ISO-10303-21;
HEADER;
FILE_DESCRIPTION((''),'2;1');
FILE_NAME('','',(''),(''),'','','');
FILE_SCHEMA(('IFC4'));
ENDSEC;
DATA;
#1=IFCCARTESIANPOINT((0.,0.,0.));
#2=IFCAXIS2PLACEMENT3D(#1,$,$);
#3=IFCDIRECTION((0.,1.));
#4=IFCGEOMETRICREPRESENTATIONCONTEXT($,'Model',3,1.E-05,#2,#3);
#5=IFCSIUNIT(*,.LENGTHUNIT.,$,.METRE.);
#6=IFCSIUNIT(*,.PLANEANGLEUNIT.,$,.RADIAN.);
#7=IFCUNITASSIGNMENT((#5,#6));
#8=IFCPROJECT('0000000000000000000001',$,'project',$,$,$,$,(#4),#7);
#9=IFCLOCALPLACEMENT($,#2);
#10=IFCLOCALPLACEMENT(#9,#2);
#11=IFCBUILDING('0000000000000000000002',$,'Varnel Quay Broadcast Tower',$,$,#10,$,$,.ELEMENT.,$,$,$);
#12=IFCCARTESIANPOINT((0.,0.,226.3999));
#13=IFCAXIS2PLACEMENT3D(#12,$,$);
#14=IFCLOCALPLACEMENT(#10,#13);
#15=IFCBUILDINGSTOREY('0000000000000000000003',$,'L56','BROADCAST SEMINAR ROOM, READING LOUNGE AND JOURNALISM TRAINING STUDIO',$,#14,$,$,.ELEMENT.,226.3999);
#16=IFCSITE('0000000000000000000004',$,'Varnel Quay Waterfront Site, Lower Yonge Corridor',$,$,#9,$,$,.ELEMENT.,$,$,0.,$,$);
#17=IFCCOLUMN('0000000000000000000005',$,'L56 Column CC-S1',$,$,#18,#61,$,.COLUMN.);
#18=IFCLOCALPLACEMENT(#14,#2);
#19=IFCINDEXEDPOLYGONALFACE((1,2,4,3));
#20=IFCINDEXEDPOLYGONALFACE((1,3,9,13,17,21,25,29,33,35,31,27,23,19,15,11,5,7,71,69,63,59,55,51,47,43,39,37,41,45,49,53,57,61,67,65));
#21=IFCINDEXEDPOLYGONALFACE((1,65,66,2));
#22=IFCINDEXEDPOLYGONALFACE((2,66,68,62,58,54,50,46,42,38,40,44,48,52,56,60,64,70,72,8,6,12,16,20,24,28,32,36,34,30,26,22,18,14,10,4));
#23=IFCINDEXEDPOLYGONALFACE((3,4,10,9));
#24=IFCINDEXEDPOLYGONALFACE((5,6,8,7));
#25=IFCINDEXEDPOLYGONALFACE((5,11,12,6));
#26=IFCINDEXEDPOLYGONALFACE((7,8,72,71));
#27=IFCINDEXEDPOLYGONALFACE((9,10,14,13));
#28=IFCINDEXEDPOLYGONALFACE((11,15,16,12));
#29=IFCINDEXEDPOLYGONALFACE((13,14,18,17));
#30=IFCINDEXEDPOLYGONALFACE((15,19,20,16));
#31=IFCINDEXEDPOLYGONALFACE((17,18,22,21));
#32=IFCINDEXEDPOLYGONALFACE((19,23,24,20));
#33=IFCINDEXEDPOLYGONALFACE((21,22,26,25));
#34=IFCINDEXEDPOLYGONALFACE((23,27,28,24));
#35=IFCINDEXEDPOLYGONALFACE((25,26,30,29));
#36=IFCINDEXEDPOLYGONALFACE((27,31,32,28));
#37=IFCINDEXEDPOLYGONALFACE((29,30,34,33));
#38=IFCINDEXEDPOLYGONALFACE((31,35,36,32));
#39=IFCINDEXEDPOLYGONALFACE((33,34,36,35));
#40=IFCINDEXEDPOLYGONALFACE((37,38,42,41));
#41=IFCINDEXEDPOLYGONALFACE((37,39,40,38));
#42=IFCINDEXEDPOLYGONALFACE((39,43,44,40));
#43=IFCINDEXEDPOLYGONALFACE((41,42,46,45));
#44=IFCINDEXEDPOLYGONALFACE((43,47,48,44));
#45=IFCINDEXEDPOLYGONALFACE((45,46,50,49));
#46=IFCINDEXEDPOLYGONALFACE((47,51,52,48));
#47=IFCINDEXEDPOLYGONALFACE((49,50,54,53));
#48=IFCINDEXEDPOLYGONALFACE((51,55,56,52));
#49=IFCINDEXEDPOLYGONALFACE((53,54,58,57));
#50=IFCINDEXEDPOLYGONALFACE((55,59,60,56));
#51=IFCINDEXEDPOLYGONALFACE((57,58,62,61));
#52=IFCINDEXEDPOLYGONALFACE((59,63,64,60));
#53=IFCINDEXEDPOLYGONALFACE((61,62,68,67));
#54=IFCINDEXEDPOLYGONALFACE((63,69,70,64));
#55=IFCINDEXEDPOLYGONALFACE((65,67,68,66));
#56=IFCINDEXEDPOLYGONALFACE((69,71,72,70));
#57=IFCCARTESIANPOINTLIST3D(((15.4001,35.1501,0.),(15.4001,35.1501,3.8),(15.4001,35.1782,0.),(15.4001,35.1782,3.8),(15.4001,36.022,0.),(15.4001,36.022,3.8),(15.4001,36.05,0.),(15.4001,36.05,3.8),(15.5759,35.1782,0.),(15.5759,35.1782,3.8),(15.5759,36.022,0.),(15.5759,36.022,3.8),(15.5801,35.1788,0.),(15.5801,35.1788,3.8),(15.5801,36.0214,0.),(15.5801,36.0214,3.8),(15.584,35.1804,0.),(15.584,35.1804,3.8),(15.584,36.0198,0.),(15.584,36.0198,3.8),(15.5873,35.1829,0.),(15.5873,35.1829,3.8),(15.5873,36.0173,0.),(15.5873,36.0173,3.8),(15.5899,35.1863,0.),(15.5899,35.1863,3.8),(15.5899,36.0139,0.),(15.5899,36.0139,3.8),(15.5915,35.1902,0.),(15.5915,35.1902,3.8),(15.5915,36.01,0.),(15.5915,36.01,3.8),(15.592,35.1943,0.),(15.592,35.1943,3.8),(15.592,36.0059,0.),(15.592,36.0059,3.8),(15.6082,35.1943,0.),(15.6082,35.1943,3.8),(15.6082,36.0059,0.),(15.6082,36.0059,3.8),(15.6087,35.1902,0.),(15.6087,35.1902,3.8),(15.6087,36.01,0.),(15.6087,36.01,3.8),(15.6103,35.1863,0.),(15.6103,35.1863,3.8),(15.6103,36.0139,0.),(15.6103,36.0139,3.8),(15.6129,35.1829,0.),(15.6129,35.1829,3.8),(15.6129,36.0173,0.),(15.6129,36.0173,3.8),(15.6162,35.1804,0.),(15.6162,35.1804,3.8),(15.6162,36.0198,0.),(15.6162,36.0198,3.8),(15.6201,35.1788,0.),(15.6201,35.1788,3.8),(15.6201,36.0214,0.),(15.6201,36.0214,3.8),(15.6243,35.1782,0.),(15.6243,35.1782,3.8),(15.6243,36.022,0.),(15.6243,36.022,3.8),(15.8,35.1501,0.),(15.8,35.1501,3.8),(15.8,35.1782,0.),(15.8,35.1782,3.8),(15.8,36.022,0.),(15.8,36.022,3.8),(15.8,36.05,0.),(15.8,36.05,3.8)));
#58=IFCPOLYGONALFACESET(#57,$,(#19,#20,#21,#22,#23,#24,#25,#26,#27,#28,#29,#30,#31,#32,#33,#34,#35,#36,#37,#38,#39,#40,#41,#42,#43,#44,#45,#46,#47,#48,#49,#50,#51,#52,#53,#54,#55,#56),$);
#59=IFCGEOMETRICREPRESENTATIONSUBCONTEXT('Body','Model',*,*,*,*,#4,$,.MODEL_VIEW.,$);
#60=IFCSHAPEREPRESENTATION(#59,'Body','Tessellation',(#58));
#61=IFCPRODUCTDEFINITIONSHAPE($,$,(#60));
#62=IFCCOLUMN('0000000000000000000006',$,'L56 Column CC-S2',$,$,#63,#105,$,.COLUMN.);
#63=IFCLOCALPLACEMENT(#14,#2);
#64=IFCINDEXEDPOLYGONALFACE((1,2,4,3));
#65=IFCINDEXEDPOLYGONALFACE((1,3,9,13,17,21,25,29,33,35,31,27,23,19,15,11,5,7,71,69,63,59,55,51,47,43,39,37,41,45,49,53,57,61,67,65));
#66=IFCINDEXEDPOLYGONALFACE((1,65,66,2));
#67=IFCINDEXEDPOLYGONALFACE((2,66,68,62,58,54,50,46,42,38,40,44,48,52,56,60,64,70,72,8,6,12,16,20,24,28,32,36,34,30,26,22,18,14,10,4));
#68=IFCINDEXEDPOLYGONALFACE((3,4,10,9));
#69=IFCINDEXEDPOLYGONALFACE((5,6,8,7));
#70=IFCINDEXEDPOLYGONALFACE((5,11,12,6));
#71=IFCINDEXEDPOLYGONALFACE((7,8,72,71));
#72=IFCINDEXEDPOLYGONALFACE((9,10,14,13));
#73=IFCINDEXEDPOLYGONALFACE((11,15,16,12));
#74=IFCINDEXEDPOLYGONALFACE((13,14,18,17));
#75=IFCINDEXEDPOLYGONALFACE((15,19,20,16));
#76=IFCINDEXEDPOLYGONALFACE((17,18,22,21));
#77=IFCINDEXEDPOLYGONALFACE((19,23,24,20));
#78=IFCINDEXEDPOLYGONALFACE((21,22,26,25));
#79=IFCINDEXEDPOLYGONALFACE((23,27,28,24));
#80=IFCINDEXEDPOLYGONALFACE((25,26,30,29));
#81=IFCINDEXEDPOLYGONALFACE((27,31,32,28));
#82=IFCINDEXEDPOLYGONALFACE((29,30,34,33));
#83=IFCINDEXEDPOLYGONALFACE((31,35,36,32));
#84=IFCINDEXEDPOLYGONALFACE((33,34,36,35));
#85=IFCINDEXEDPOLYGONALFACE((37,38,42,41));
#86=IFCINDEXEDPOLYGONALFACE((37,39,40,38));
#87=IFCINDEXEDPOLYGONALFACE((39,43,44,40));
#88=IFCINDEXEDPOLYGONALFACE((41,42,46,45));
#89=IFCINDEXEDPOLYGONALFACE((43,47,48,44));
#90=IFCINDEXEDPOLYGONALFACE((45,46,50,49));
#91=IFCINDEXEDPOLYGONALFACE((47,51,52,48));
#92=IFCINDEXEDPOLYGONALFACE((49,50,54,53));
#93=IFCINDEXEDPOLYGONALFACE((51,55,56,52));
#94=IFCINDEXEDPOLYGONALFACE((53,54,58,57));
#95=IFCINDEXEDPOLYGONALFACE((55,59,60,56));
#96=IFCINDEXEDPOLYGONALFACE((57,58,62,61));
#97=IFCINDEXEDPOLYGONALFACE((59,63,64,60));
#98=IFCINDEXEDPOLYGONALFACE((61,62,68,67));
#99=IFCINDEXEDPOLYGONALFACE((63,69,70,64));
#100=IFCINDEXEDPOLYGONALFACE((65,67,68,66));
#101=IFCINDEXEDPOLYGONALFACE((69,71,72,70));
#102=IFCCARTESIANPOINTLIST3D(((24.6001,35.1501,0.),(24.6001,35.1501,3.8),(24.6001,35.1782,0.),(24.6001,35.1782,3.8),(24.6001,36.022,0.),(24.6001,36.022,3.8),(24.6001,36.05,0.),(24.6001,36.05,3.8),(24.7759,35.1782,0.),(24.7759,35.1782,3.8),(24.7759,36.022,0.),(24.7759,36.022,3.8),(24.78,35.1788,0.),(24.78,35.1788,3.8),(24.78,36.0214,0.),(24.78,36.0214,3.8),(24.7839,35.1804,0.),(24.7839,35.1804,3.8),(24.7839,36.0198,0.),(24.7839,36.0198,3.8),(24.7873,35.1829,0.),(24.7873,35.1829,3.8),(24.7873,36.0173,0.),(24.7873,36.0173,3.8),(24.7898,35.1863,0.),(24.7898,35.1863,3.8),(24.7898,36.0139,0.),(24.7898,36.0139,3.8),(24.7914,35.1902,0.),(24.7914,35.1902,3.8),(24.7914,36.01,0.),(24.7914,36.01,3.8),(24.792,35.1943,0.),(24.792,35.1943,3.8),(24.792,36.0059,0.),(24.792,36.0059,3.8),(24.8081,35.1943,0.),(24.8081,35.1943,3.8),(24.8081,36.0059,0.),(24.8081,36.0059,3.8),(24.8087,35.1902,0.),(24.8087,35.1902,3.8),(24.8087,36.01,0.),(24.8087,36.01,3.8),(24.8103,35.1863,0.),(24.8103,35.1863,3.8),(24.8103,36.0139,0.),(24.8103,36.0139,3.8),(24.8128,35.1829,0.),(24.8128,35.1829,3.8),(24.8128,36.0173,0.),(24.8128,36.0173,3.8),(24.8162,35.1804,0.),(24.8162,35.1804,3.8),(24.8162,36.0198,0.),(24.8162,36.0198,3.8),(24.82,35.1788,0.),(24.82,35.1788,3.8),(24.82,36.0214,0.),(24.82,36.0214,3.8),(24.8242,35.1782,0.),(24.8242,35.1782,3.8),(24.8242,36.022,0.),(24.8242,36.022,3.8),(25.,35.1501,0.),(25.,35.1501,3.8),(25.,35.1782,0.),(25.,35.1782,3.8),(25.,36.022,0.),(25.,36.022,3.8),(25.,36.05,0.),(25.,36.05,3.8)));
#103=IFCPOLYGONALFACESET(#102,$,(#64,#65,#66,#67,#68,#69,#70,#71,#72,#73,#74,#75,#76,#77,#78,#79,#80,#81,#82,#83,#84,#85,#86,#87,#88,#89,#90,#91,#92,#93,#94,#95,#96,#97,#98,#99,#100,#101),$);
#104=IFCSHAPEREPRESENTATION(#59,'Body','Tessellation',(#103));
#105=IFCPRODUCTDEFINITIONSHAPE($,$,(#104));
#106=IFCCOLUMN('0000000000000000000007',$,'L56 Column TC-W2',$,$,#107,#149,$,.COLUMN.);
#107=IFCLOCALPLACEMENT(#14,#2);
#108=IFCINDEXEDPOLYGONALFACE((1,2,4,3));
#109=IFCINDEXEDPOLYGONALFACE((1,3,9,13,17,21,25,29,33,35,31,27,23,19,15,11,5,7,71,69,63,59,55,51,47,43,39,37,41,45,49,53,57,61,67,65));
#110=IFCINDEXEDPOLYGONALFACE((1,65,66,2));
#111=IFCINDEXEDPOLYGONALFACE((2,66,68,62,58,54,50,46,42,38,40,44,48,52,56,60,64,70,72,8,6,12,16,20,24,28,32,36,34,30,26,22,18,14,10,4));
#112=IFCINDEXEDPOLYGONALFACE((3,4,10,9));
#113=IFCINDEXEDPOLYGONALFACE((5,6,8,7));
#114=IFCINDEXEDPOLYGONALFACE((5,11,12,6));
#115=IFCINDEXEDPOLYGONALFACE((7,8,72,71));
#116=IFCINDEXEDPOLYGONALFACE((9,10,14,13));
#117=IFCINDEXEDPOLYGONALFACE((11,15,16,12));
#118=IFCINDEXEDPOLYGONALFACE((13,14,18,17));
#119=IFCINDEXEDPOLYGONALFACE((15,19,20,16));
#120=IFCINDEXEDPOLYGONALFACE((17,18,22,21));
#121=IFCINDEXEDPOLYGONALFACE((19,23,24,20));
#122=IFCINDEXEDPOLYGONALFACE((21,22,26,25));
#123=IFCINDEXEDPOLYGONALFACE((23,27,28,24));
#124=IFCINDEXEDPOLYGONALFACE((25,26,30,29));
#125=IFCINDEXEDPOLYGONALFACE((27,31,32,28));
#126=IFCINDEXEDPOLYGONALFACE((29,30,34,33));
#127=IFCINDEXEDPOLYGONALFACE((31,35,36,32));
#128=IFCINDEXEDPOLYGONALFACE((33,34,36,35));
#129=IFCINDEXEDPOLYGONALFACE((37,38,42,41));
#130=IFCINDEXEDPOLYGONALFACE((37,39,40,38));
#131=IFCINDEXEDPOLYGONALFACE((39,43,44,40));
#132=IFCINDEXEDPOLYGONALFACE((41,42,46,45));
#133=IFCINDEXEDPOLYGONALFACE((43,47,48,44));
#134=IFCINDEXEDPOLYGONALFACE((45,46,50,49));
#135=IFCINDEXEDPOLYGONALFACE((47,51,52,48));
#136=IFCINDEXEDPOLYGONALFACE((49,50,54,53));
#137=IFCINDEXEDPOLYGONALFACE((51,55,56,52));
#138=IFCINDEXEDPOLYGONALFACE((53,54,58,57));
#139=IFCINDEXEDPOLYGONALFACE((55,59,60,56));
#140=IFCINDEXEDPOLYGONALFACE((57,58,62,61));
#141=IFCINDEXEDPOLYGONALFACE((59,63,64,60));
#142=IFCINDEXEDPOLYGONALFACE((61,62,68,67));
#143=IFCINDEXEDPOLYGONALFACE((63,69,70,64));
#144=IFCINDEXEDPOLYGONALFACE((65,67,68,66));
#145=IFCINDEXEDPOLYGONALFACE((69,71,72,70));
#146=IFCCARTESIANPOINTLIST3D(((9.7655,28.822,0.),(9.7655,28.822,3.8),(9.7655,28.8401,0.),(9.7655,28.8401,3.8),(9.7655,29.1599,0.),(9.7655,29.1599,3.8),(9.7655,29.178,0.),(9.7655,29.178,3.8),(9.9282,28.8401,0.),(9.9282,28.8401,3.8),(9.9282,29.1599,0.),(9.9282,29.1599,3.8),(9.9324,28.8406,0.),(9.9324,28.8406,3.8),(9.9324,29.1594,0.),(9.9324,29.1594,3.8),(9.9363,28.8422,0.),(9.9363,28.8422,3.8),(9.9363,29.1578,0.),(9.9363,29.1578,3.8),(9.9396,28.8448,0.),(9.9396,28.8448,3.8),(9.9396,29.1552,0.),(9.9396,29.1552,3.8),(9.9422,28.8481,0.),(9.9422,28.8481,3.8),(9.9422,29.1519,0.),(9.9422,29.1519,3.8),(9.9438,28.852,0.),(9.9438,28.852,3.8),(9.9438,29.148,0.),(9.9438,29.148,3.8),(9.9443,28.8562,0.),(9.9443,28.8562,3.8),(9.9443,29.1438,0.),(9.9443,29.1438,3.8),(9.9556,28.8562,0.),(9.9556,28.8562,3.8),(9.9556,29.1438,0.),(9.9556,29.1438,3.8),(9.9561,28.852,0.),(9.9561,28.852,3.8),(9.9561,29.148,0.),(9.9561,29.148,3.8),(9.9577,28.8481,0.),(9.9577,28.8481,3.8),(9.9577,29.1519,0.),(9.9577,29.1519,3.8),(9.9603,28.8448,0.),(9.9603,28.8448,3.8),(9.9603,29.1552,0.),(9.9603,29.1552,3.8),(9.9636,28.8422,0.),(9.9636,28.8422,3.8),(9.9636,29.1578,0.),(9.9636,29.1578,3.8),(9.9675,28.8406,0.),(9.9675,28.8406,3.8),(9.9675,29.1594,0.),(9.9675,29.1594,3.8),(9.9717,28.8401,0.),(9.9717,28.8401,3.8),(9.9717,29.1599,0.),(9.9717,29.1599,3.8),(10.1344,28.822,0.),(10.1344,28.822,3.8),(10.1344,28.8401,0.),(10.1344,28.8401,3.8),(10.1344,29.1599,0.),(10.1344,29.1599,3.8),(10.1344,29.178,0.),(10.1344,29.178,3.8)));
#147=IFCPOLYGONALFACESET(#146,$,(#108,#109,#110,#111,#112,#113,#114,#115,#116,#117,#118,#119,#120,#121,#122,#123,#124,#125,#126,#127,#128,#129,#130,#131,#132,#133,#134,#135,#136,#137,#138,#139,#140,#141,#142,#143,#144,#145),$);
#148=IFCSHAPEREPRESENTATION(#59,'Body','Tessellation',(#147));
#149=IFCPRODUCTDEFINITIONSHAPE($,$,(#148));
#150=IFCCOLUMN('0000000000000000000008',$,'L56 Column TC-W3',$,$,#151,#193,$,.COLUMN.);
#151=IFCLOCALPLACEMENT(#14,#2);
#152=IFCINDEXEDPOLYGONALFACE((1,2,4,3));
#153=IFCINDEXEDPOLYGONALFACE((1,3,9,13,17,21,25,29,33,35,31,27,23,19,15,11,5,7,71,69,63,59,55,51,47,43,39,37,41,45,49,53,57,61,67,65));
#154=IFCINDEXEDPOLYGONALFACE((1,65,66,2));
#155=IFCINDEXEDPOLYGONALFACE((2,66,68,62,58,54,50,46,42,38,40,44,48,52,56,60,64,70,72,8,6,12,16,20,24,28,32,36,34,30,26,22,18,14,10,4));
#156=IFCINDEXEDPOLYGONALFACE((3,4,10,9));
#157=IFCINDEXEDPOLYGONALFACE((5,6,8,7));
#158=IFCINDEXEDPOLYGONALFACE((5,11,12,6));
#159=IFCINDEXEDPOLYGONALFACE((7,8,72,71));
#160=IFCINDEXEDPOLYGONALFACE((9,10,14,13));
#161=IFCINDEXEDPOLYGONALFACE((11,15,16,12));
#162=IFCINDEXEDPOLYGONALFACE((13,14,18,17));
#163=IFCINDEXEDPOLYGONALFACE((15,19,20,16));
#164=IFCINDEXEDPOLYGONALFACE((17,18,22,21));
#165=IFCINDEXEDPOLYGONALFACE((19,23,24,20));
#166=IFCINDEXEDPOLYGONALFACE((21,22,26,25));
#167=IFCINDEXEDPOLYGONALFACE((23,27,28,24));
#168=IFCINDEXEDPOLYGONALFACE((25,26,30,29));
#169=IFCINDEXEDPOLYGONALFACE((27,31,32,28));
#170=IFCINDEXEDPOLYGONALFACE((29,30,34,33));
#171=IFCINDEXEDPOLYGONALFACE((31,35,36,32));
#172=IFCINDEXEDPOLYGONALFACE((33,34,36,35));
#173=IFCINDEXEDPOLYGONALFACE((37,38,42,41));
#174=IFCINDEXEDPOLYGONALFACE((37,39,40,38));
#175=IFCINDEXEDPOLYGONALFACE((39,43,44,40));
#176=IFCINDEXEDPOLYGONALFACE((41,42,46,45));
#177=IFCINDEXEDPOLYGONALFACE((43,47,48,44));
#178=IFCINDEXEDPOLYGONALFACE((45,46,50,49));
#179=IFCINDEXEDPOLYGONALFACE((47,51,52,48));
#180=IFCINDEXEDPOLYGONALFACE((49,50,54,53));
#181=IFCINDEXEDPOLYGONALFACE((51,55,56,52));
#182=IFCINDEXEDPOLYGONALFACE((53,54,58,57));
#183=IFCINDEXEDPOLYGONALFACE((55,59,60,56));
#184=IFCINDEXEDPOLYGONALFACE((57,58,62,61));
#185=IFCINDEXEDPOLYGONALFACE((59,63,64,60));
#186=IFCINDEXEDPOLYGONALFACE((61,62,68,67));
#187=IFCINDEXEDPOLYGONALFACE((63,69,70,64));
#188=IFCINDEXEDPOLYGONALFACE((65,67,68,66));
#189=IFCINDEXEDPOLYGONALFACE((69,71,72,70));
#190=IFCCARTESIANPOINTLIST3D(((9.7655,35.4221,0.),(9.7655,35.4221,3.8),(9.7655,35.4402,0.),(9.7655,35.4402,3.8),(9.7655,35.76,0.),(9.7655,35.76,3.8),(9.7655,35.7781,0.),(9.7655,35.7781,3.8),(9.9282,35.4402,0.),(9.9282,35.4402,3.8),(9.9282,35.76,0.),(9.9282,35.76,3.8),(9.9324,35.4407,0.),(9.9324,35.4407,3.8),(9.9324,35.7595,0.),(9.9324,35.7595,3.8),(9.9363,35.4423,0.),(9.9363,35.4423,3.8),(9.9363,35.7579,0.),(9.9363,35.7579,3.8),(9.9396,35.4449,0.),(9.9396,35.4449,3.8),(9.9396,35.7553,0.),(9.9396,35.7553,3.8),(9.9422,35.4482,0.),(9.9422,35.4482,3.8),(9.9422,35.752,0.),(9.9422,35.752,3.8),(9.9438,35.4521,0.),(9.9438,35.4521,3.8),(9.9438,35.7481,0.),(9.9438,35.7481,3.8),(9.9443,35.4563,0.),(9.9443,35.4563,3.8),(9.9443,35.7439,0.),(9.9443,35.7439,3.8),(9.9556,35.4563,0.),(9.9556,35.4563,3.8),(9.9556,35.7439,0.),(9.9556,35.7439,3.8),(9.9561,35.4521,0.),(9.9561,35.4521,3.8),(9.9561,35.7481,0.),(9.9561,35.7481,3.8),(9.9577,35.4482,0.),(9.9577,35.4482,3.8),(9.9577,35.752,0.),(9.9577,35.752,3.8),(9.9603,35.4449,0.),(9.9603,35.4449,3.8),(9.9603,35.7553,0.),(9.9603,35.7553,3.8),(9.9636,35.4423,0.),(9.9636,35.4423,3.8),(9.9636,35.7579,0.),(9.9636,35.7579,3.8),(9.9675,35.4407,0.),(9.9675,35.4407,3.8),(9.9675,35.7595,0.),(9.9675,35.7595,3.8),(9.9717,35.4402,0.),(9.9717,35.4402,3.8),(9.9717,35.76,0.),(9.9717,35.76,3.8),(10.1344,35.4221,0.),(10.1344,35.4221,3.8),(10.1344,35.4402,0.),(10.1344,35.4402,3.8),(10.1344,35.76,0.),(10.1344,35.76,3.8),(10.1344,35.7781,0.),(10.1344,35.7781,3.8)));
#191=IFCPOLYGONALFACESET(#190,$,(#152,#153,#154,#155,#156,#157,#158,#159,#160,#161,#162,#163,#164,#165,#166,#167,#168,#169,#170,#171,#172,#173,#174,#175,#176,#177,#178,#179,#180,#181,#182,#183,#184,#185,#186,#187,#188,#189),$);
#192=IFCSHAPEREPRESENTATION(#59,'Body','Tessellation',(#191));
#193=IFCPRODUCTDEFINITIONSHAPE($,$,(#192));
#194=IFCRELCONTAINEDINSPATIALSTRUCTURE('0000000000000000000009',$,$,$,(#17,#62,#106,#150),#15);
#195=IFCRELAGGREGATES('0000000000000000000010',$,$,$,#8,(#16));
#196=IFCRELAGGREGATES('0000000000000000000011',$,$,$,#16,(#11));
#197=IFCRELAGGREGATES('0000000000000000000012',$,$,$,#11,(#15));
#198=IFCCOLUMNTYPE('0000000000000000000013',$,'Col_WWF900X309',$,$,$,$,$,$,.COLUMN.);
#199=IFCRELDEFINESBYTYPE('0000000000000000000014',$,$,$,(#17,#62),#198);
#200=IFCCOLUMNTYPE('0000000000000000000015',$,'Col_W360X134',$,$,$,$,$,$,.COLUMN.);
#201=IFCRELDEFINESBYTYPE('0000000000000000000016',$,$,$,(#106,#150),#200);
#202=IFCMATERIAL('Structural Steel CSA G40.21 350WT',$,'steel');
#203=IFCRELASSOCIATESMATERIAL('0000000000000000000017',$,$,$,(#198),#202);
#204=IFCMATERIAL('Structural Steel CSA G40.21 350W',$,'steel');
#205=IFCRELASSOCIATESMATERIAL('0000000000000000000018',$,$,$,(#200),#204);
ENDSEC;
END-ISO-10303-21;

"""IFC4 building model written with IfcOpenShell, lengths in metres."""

from ifc_helpers import new_model, si_unit, direction, frame, origin, origin_2d, place, context, subcontext, project, spatial, i_section, extrude, source, transform, mapped, material, material_profile, profile_set, type_object, type_shapes, element, save


model = new_model("IFC4")

# Units and contexts
model_context = context("Model", 3, precision=1e-05, world=origin(), true_north=direction((0.0, 1.0)))
body_context = subcontext(model_context, "Body", "Model", "MODEL_VIEW")
ifc_project = project(units=[si_unit("LENGTHUNIT", "METRE"), si_unit("PLANEANGLEUNIT", "RADIAN")], contexts=[model_context])

# Site, building, storey
site_placement = place(None, origin())
site = spatial("IfcSite", under=ifc_project, at=site_placement, Name="Varnel Quay Waterfront Site, Lower Yonge Corridor", CompositionType="ELEMENT", RefElevation=0.0)
building_placement = place(site_placement, origin())
building = spatial("IfcBuilding", under=site, at=building_placement, Name="Varnel Quay Broadcast Tower", CompositionType="ELEMENT")
storey_placement = place(building_placement, frame((0.0, 0.0, 226.3999)))
storey = spatial("IfcBuildingStorey", under=building, at=storey_placement, Name="L56", Description="BROADCAST SEMINAR ROOM, READING LOUNGE AND JOURNALISM TRAINING STUDIO", CompositionType="ELEMENT", Elevation=226.3999)

# Columns
ifc_material_1 = material(Name="Structural Steel CSA G40.21 350WT", Category="steel")
ifc_material_profile_1 = material_profile(ifc_material_1, i_section(OverallWidth=0.3999, OverallDepth=0.8999, WebThickness=0.0161, FlangeThickness=0.0281, FilletRadius=0.0161, at=origin_2d()), Name="WWF900X309")
ifc_profile_set_1 = profile_set([ifc_material_profile_1], Name="Structural Steel CSA G40.21 350WT")
column_type_1 = type_object("IfcColumnType", Name="Col_WWF900X309", PredefinedType="COLUMN", material=ifc_profile_set_1)
shared_shape_1 = source(origin(), body_context, "Body", "SweptSolid", [
    extrude(i_section(OverallWidth=0.3999, OverallDepth=0.8999, WebThickness=0.0161, FlangeThickness=0.0281, FilletRadius=0.0161, at=origin_2d()), origin(), (0.0, 0.0, 1.0), 3.8),
])
type_shapes(column_type_1, [shared_shape_1])
for number, where, z_axis, x_axis, name in (
    (1, (15.6001, 35.6001, 0.0), (0.0, 0.0, 1.0), (1.0, 0.0, 0.0), "L56 Column CC-S1"),
    (2, (24.8, 35.6001, 0.0), (0.0, 0.0, 1.0), (1.0, 0.0, 0.0), "L56 Column CC-S2"),
):
    element("IfcColumn", number, at=place(storey_placement, frame(where, z_axis=z_axis, x_axis=x_axis)), inside=storey, type_object=column_type_1, Name=name, PredefinedType="COLUMN", context=body_context, shape_type="MappedRepresentation", body=[
        mapped(shared_shape_1, transform((0.0, 0.0, 0.0), x_axis=(1.0, 0.0, 0.0), y_axis=(0.0, 1.0, 0.0), z_axis=(0.0, 0.0, 1.0), scale=1.0)),
    ])
ifc_material_2 = material(Name="Structural Steel CSA G40.21 350W", Category="steel")
ifc_material_profile_2 = material_profile(ifc_material_2, i_section(OverallWidth=0.3689, OverallDepth=0.356, WebThickness=0.0112, FlangeThickness=0.0181, FilletRadius=0.0161, at=origin_2d()), Name="W360X134")
ifc_profile_set_2 = profile_set([ifc_material_profile_2], Name="Structural Steel CSA G40.21 350W")
column_type_2 = type_object("IfcColumnType", Name="Col_W360X134", PredefinedType="COLUMN", material=ifc_profile_set_2)
shared_shape_2 = source(origin(), body_context, "Body", "SweptSolid", [
    extrude(i_section(OverallWidth=0.3689, OverallDepth=0.356, WebThickness=0.0112, FlangeThickness=0.0181, FilletRadius=0.0161, at=origin_2d()), origin(), (0.0, 0.0, 1.0), 3.8),
])
type_shapes(column_type_2, [shared_shape_2])
for number, where, z_axis, x_axis, name in (
    (3, (9.95, 29.0, 0.0), (0.0, 0.0, 1.0), (1.0, 0.0, 0.0), "L56 Column TC-W2"),
    (4, (9.95, 35.6001, 0.0), (0.0, 0.0, 1.0), (1.0, 0.0, 0.0), "L56 Column TC-W3"),
):
    element("IfcColumn", number, at=place(storey_placement, frame(where, z_axis=z_axis, x_axis=x_axis)), inside=storey, type_object=column_type_2, Name=name, PredefinedType="COLUMN", context=body_context, shape_type="MappedRepresentation", body=[
        mapped(shared_shape_2, transform((0.0, 0.0, 0.0), x_axis=(1.0, 0.0, 0.0), y_axis=(0.0, 1.0, 0.0), z_axis=(0.0, 0.0, 1.0), scale=1.0)),
    ])

save(model, "model.ifc")
